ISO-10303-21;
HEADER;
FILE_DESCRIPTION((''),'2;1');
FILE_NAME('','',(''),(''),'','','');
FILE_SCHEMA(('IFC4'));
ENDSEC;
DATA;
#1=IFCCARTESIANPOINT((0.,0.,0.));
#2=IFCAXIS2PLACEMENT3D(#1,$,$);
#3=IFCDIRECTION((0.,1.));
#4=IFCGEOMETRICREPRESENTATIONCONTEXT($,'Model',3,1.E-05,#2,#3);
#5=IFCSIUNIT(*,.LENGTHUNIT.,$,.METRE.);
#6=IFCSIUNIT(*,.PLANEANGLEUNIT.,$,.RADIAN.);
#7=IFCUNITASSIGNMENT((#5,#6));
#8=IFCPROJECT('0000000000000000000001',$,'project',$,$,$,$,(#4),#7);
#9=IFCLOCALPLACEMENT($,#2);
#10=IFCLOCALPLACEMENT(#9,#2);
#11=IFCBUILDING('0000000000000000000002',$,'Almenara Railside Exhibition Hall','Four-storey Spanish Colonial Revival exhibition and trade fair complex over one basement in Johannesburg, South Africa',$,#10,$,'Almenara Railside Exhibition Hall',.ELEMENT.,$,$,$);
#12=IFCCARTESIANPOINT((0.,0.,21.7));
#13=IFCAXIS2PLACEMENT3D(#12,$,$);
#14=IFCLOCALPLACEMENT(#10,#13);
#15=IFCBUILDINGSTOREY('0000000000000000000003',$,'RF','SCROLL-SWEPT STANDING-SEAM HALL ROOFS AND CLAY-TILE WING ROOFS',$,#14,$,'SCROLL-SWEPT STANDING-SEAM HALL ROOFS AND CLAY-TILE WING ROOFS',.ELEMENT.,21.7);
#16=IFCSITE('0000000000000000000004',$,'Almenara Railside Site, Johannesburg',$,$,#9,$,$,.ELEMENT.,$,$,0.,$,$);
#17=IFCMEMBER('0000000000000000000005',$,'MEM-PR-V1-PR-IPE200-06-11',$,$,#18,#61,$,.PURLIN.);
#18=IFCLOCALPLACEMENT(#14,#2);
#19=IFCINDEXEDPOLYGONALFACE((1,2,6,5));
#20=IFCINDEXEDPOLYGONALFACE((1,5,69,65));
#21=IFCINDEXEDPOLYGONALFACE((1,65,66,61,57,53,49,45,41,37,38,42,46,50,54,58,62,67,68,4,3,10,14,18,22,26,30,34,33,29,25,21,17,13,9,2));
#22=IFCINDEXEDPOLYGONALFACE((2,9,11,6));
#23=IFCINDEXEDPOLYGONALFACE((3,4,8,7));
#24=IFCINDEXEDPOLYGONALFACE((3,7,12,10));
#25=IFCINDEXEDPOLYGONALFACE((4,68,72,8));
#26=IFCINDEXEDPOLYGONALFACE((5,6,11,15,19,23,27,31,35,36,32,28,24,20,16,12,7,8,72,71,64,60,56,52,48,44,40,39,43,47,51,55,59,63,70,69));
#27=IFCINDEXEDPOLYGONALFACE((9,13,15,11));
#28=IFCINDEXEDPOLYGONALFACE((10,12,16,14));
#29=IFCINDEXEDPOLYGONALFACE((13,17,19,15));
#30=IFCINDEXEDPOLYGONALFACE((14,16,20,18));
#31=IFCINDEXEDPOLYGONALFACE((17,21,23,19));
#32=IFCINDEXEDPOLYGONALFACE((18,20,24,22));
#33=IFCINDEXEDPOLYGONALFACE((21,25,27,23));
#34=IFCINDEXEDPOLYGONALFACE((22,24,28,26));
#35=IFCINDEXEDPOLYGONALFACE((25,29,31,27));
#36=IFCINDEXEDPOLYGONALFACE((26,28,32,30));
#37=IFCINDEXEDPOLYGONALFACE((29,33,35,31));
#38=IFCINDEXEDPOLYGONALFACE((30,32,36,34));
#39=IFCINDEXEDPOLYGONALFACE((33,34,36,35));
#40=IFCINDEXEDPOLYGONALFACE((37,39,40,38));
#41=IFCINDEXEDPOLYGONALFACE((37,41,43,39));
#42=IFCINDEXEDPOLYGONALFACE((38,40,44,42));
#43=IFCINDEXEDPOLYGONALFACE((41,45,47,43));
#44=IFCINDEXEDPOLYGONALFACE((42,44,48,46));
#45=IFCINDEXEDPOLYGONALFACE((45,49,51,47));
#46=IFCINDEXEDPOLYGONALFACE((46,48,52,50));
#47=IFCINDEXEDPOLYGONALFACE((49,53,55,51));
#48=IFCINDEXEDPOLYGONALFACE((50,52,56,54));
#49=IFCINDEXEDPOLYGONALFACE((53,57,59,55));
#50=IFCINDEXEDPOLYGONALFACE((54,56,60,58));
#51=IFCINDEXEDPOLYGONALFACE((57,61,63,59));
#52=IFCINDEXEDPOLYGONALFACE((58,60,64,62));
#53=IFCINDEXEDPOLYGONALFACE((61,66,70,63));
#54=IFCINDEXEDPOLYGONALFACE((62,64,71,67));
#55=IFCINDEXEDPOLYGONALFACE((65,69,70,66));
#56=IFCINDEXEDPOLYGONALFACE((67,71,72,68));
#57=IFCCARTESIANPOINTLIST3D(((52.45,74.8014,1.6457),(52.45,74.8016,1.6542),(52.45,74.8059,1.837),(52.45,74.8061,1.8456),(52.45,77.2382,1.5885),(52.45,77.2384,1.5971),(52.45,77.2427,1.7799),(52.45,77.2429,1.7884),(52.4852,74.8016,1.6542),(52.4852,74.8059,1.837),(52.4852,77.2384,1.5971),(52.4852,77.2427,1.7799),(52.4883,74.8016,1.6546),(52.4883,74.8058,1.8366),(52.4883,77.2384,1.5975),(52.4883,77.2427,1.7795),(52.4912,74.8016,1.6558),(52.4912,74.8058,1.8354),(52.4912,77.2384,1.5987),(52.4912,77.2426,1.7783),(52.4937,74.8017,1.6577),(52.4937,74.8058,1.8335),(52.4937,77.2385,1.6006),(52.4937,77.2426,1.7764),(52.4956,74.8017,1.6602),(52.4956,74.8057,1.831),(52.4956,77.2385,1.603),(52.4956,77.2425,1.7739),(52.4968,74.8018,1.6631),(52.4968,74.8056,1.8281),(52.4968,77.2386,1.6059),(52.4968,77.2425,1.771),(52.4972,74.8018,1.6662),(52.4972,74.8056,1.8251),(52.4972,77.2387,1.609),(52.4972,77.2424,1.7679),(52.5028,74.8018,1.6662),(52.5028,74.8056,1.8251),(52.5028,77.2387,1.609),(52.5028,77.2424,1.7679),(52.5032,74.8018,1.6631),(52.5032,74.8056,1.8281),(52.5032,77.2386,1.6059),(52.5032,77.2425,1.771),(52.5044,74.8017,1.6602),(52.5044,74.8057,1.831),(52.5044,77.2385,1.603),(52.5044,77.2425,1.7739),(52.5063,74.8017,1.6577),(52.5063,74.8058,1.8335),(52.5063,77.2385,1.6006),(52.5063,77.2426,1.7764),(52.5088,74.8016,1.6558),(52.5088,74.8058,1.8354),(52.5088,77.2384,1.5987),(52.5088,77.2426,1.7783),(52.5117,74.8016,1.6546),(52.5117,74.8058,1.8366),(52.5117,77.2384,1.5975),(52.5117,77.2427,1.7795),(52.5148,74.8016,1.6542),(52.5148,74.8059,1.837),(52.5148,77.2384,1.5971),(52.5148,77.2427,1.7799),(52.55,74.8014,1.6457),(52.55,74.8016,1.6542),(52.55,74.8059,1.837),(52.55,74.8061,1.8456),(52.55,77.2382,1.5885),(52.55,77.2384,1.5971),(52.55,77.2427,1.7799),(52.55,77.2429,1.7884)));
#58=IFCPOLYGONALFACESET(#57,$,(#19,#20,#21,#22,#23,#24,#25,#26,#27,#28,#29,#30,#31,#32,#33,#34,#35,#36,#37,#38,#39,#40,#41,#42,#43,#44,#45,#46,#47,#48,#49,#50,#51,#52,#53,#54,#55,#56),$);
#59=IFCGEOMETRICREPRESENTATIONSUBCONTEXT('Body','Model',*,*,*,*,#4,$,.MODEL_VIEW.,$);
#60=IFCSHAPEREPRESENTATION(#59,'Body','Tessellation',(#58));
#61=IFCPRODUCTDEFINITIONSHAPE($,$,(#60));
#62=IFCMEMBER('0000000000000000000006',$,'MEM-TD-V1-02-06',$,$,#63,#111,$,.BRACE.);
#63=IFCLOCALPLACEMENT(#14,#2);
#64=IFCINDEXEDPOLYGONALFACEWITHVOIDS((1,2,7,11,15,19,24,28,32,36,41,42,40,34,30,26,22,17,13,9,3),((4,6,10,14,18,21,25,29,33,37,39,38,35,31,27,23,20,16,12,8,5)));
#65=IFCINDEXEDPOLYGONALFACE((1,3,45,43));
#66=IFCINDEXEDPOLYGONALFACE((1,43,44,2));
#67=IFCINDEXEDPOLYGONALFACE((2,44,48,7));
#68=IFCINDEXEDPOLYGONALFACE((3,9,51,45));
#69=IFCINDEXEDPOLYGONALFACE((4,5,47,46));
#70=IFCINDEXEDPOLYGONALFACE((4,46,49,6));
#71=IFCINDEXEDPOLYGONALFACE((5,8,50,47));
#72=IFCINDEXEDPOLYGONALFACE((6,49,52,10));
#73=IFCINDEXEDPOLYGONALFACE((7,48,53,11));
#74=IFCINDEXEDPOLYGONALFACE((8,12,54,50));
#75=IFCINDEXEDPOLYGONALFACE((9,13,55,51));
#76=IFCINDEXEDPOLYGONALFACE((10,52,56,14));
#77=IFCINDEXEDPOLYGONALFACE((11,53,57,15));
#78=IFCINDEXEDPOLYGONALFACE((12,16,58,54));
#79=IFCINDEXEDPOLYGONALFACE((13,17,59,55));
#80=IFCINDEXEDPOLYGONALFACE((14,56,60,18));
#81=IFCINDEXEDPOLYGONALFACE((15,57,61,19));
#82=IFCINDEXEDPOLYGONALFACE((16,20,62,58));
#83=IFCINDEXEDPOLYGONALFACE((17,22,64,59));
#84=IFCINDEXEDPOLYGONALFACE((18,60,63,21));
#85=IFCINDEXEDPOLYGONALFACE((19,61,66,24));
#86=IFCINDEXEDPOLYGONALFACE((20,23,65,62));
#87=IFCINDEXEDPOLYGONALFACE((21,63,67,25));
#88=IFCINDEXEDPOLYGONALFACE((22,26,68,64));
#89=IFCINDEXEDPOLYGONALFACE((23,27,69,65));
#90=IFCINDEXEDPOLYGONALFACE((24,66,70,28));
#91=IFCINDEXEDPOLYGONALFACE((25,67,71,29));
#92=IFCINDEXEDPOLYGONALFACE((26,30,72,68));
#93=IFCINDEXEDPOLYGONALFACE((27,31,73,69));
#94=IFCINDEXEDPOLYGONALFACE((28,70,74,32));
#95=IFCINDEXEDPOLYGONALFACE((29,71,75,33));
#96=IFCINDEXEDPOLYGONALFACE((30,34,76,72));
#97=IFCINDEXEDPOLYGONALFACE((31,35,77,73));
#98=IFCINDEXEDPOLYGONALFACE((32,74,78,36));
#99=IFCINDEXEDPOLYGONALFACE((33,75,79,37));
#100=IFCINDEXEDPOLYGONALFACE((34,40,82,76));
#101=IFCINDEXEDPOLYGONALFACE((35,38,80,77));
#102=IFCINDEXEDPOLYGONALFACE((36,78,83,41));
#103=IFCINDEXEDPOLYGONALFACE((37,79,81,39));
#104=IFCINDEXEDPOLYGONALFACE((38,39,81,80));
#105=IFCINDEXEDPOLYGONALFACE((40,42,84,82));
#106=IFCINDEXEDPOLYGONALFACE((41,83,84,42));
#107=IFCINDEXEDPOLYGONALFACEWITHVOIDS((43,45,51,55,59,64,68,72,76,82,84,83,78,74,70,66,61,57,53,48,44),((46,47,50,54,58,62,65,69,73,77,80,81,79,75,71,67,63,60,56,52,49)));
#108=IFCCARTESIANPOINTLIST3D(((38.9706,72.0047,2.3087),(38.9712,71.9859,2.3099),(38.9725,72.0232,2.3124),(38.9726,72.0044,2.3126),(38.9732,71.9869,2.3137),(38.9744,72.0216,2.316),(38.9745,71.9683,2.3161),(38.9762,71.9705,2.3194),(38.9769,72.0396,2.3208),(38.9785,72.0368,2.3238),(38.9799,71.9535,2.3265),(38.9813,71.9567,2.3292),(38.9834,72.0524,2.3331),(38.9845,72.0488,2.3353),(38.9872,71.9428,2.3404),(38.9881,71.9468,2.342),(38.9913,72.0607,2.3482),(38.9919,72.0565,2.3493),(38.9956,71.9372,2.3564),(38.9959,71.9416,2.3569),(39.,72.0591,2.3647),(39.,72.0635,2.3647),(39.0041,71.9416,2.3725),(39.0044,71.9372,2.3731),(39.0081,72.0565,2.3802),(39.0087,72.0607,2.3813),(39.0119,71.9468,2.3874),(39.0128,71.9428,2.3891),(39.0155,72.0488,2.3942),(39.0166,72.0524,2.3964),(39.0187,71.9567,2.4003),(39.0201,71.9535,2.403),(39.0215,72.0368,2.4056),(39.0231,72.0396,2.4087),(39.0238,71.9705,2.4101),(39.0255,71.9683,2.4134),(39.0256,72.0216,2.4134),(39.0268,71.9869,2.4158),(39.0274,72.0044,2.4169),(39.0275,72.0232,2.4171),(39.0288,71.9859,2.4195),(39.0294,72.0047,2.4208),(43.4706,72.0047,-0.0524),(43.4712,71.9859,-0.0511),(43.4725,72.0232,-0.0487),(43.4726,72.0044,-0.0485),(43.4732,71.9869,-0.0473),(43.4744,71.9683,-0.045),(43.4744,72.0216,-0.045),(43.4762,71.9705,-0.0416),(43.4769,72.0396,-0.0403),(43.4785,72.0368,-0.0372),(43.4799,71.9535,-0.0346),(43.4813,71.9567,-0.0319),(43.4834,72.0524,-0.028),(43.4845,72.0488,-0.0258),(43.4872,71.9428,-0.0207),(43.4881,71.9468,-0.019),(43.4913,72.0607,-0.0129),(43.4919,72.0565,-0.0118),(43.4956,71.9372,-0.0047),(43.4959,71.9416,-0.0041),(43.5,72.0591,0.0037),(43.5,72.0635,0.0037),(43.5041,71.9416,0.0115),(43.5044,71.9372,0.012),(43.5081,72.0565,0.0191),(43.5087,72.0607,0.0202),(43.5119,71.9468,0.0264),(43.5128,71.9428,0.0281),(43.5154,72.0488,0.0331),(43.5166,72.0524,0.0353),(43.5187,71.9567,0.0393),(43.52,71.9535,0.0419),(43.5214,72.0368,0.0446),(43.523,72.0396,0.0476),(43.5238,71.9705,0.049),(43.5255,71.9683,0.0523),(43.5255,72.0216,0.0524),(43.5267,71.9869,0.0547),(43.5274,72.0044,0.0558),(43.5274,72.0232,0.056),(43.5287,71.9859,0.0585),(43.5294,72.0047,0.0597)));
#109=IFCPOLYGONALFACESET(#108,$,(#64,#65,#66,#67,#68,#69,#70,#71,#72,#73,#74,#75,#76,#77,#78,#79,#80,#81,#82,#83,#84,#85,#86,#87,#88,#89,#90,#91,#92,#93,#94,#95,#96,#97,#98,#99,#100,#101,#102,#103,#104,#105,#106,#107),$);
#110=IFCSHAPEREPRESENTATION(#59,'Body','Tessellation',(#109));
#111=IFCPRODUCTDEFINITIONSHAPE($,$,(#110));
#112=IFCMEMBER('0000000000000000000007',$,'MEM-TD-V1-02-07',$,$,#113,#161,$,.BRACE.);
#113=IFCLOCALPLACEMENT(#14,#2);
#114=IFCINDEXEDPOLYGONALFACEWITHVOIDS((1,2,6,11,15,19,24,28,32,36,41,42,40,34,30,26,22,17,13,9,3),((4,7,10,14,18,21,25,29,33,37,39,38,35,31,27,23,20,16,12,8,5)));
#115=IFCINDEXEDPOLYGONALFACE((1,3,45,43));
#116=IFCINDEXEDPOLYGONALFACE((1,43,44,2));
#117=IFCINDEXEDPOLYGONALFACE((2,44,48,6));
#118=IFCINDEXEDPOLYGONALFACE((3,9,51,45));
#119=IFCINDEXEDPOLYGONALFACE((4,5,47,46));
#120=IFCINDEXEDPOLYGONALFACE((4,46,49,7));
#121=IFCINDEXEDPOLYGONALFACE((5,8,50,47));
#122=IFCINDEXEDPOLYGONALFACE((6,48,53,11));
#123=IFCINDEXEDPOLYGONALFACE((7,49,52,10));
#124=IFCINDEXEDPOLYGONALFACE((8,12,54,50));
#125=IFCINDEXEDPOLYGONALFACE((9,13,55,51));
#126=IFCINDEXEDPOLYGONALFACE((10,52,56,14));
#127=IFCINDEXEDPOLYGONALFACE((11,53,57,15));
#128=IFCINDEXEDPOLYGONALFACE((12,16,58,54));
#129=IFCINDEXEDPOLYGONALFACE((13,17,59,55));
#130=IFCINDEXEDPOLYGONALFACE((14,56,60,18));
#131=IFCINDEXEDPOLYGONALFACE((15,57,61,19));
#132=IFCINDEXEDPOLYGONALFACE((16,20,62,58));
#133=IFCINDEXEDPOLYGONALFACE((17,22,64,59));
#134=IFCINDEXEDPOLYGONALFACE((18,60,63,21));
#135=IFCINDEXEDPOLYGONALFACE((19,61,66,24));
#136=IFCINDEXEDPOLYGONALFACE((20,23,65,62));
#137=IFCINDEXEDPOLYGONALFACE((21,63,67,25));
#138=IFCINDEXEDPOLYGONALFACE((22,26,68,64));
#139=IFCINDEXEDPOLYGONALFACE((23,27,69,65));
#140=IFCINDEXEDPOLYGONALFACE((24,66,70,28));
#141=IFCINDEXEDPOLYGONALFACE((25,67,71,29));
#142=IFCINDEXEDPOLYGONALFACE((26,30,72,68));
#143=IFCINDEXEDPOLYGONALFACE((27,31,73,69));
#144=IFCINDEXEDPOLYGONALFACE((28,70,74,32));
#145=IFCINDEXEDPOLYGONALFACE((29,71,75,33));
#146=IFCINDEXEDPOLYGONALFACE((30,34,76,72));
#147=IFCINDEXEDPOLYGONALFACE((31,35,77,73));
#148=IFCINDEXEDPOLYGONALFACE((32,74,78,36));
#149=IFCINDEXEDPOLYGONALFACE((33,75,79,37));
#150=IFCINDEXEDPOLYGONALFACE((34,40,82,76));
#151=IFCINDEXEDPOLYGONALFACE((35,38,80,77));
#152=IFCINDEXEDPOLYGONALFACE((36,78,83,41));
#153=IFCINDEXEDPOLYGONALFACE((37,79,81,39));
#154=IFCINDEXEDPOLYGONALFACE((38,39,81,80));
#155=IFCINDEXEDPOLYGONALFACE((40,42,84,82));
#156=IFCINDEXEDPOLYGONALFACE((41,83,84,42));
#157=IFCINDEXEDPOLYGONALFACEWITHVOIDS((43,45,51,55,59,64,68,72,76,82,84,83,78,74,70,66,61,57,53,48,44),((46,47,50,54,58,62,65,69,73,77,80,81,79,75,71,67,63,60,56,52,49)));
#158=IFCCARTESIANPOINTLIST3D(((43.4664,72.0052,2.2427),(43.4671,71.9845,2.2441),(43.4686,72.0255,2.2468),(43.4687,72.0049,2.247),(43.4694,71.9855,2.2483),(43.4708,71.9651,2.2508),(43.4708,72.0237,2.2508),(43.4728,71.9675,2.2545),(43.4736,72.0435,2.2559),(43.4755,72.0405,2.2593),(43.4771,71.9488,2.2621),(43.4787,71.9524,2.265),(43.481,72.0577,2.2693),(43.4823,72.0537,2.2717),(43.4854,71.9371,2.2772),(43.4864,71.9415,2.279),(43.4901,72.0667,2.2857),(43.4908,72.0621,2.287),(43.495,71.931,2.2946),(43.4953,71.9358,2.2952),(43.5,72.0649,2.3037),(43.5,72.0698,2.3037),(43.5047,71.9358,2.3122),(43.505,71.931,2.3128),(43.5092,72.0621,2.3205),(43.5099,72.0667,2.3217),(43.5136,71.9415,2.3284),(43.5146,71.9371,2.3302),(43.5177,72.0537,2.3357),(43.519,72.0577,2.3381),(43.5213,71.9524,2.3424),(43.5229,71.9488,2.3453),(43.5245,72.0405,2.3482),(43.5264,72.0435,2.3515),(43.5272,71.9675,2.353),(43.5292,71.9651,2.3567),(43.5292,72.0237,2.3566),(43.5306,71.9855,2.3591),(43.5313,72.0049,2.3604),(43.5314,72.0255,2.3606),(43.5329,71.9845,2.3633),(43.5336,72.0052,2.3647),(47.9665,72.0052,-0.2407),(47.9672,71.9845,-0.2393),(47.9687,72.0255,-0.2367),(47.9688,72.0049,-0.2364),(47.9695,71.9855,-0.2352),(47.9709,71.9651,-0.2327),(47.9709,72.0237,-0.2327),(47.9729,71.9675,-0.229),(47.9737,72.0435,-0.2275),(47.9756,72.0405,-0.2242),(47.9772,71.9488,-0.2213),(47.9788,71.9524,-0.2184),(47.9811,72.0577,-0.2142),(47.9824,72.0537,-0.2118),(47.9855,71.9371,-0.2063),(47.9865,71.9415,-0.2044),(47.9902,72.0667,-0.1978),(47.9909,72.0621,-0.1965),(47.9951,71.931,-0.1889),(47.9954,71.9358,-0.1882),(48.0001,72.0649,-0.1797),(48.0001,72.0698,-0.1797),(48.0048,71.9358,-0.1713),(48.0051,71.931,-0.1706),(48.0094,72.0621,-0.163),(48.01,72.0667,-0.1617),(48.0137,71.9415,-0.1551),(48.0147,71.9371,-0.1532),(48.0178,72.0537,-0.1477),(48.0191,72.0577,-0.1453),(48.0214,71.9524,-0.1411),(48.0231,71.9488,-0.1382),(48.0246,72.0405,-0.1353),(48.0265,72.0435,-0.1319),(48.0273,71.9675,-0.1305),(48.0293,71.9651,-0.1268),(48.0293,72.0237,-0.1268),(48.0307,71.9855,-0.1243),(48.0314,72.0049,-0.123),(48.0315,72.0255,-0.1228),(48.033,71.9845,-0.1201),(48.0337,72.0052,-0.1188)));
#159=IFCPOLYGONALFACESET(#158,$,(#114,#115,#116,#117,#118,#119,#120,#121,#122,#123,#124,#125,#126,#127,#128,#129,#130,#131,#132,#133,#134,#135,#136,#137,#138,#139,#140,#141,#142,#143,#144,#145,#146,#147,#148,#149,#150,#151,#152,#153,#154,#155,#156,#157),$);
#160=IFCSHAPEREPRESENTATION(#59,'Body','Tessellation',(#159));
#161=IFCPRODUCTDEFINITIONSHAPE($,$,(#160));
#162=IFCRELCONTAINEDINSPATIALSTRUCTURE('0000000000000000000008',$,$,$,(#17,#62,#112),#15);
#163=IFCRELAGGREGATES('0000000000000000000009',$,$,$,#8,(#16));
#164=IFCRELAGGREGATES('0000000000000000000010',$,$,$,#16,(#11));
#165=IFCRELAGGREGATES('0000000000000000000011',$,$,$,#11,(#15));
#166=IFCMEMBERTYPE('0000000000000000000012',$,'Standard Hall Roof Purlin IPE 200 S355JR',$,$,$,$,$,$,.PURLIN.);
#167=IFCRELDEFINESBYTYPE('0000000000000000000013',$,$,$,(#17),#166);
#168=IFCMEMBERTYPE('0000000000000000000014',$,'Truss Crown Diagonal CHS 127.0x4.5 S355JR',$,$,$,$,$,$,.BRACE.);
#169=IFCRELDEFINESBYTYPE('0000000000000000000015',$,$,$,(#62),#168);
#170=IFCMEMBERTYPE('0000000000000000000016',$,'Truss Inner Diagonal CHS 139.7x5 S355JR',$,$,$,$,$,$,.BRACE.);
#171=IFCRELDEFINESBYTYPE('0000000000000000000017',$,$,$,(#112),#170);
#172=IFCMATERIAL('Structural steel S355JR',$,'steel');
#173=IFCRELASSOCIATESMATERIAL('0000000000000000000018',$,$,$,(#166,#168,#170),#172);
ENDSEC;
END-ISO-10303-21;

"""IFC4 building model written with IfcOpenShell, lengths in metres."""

from ifc_helpers import new_model, si_unit, direction, frame, origin, origin_2d, place, context, subcontext, project, spatial, hollow_circle, i_section, extrude, material, material_profile, profile_set, type_object, element, save


model = new_model("IFC4")

# Units and contexts
model_context = context("Model", 3, precision=1e-05, world=origin(), true_north=direction((0.0, 1.0)))
body_context = subcontext(model_context, "Body", "Model", "MODEL_VIEW")
ifc_project = project(units=[si_unit("LENGTHUNIT", "METRE"), si_unit("PLANEANGLEUNIT", "RADIAN")], contexts=[model_context])

# Site, building, storey
site_placement = place(None, origin())
site = spatial("IfcSite", under=ifc_project, at=site_placement, Name="Almenara Railside Site, Johannesburg", CompositionType="ELEMENT", RefElevation=0.0)
building_placement = place(site_placement, origin())
building = spatial("IfcBuilding", under=site, at=building_placement, Name="Almenara Railside Exhibition Hall", Description="Four-storey Spanish Colonial Revival exhibition and trade fair complex over one basement in Johannesburg, South Africa", LongName="Almenara Railside Exhibition Hall", CompositionType="ELEMENT")
storey_placement = place(building_placement, frame((0.0, 0.0, 21.7)))
storey = spatial("IfcBuildingStorey", under=building, at=storey_placement, Name="RF", Description="SCROLL-SWEPT STANDING-SEAM HALL ROOFS AND CLAY-TILE WING ROOFS", LongName="SCROLL-SWEPT STANDING-SEAM HALL ROOFS AND CLAY-TILE WING ROOFS", CompositionType="ELEMENT", Elevation=21.7)

# Members
ifc_material_1 = material(Name="Structural steel S355JR", Category="steel")
ifc_material_profile_1 = material_profile(ifc_material_1, i_section(OverallWidth=0.1001, OverallDepth=0.2, WebThickness=0.0056, FlangeThickness=0.0085, FilletRadius=0.012, at=origin_2d()), Name="IPE 200")
ifc_profile_set_1 = profile_set([ifc_material_profile_1], Name="Structural steel S355JR")
member_type_1 = type_object("IfcMemberType", Name="Standard Hall Roof Purlin IPE 200 S355JR", PredefinedType="PURLIN", material=ifc_profile_set_1)
member_1_placement = place(storey_placement, frame((52.5, 74.8037, 1.7456), z_axis=(0.0, 0.999725, -0.023438), x_axis=(-1.0, 0.0, 0.0)))
element("IfcMember", 1, at=member_1_placement, inside=storey, type_object=member_type_1, Name="MEM-PR-V1-PR-IPE200-06-11", PredefinedType="PURLIN", context=body_context, shape_type="SweptSolid", body=[
    extrude(i_section(OverallWidth=0.1001, OverallDepth=0.2, WebThickness=0.0056, FlangeThickness=0.0085, FilletRadius=0.012, at=origin_2d()), origin(), (0.0, 0.0, 1.0), 2.4375),
])
ifc_material_profile_2 = material_profile(ifc_material_1, hollow_circle(Radius=0.0635, WallThickness=0.0044, at=origin_2d()), Name="CHS 127.0x4.5")
ifc_profile_set_2 = profile_set([ifc_material_profile_2], Name="Structural steel S355JR")
member_type_2 = type_object("IfcMemberType", Name="Truss Crown Diagonal CHS 127.0x4.5 S355JR", PredefinedType="BRACE", material=ifc_profile_set_2)
member_2_placement = place(storey_placement, frame((39.0, 72.0, 2.3647), z_axis=(0.885513, 0.0, -0.464615), x_axis=(0.0, 1.0, 0.0)))
element("IfcMember", 2, at=member_2_placement, inside=storey, type_object=member_type_2, Name="MEM-TD-V1-02-06", PredefinedType="BRACE", context=body_context, shape_type="SweptSolid", body=[
    extrude(hollow_circle(Radius=0.0635, WallThickness=0.0044, at=origin_2d()), origin(), (0.0, 0.0, 1.0), 5.0818),
])
ifc_material_profile_3 = material_profile(ifc_material_1, hollow_circle(Radius=0.0698, WallThickness=0.0049, at=origin_2d()), Name="CHS 139.7x5")
ifc_profile_set_3 = profile_set([ifc_material_profile_3], Name="Structural steel S355JR")
member_type_3 = type_object("IfcMemberType", Name="Truss Inner Diagonal CHS 139.7x5 S355JR", PredefinedType="BRACE", material=ifc_profile_set_3)
member_3_placement = place(storey_placement, frame((43.5, 72.0, 2.3037), z_axis=(0.875525, 0.0, -0.483173), x_axis=(0.0, 1.0, 0.0)))
element("IfcMember", 3, at=member_3_placement, inside=storey, type_object=member_type_3, Name="MEM-TD-V1-02-07", PredefinedType="BRACE", context=body_context, shape_type="SweptSolid", body=[
    extrude(hollow_circle(Radius=0.0698, WallThickness=0.0049, at=origin_2d()), origin(), (0.0, 0.0, 1.0), 5.1399),
])

save(model, "model.ifc")
